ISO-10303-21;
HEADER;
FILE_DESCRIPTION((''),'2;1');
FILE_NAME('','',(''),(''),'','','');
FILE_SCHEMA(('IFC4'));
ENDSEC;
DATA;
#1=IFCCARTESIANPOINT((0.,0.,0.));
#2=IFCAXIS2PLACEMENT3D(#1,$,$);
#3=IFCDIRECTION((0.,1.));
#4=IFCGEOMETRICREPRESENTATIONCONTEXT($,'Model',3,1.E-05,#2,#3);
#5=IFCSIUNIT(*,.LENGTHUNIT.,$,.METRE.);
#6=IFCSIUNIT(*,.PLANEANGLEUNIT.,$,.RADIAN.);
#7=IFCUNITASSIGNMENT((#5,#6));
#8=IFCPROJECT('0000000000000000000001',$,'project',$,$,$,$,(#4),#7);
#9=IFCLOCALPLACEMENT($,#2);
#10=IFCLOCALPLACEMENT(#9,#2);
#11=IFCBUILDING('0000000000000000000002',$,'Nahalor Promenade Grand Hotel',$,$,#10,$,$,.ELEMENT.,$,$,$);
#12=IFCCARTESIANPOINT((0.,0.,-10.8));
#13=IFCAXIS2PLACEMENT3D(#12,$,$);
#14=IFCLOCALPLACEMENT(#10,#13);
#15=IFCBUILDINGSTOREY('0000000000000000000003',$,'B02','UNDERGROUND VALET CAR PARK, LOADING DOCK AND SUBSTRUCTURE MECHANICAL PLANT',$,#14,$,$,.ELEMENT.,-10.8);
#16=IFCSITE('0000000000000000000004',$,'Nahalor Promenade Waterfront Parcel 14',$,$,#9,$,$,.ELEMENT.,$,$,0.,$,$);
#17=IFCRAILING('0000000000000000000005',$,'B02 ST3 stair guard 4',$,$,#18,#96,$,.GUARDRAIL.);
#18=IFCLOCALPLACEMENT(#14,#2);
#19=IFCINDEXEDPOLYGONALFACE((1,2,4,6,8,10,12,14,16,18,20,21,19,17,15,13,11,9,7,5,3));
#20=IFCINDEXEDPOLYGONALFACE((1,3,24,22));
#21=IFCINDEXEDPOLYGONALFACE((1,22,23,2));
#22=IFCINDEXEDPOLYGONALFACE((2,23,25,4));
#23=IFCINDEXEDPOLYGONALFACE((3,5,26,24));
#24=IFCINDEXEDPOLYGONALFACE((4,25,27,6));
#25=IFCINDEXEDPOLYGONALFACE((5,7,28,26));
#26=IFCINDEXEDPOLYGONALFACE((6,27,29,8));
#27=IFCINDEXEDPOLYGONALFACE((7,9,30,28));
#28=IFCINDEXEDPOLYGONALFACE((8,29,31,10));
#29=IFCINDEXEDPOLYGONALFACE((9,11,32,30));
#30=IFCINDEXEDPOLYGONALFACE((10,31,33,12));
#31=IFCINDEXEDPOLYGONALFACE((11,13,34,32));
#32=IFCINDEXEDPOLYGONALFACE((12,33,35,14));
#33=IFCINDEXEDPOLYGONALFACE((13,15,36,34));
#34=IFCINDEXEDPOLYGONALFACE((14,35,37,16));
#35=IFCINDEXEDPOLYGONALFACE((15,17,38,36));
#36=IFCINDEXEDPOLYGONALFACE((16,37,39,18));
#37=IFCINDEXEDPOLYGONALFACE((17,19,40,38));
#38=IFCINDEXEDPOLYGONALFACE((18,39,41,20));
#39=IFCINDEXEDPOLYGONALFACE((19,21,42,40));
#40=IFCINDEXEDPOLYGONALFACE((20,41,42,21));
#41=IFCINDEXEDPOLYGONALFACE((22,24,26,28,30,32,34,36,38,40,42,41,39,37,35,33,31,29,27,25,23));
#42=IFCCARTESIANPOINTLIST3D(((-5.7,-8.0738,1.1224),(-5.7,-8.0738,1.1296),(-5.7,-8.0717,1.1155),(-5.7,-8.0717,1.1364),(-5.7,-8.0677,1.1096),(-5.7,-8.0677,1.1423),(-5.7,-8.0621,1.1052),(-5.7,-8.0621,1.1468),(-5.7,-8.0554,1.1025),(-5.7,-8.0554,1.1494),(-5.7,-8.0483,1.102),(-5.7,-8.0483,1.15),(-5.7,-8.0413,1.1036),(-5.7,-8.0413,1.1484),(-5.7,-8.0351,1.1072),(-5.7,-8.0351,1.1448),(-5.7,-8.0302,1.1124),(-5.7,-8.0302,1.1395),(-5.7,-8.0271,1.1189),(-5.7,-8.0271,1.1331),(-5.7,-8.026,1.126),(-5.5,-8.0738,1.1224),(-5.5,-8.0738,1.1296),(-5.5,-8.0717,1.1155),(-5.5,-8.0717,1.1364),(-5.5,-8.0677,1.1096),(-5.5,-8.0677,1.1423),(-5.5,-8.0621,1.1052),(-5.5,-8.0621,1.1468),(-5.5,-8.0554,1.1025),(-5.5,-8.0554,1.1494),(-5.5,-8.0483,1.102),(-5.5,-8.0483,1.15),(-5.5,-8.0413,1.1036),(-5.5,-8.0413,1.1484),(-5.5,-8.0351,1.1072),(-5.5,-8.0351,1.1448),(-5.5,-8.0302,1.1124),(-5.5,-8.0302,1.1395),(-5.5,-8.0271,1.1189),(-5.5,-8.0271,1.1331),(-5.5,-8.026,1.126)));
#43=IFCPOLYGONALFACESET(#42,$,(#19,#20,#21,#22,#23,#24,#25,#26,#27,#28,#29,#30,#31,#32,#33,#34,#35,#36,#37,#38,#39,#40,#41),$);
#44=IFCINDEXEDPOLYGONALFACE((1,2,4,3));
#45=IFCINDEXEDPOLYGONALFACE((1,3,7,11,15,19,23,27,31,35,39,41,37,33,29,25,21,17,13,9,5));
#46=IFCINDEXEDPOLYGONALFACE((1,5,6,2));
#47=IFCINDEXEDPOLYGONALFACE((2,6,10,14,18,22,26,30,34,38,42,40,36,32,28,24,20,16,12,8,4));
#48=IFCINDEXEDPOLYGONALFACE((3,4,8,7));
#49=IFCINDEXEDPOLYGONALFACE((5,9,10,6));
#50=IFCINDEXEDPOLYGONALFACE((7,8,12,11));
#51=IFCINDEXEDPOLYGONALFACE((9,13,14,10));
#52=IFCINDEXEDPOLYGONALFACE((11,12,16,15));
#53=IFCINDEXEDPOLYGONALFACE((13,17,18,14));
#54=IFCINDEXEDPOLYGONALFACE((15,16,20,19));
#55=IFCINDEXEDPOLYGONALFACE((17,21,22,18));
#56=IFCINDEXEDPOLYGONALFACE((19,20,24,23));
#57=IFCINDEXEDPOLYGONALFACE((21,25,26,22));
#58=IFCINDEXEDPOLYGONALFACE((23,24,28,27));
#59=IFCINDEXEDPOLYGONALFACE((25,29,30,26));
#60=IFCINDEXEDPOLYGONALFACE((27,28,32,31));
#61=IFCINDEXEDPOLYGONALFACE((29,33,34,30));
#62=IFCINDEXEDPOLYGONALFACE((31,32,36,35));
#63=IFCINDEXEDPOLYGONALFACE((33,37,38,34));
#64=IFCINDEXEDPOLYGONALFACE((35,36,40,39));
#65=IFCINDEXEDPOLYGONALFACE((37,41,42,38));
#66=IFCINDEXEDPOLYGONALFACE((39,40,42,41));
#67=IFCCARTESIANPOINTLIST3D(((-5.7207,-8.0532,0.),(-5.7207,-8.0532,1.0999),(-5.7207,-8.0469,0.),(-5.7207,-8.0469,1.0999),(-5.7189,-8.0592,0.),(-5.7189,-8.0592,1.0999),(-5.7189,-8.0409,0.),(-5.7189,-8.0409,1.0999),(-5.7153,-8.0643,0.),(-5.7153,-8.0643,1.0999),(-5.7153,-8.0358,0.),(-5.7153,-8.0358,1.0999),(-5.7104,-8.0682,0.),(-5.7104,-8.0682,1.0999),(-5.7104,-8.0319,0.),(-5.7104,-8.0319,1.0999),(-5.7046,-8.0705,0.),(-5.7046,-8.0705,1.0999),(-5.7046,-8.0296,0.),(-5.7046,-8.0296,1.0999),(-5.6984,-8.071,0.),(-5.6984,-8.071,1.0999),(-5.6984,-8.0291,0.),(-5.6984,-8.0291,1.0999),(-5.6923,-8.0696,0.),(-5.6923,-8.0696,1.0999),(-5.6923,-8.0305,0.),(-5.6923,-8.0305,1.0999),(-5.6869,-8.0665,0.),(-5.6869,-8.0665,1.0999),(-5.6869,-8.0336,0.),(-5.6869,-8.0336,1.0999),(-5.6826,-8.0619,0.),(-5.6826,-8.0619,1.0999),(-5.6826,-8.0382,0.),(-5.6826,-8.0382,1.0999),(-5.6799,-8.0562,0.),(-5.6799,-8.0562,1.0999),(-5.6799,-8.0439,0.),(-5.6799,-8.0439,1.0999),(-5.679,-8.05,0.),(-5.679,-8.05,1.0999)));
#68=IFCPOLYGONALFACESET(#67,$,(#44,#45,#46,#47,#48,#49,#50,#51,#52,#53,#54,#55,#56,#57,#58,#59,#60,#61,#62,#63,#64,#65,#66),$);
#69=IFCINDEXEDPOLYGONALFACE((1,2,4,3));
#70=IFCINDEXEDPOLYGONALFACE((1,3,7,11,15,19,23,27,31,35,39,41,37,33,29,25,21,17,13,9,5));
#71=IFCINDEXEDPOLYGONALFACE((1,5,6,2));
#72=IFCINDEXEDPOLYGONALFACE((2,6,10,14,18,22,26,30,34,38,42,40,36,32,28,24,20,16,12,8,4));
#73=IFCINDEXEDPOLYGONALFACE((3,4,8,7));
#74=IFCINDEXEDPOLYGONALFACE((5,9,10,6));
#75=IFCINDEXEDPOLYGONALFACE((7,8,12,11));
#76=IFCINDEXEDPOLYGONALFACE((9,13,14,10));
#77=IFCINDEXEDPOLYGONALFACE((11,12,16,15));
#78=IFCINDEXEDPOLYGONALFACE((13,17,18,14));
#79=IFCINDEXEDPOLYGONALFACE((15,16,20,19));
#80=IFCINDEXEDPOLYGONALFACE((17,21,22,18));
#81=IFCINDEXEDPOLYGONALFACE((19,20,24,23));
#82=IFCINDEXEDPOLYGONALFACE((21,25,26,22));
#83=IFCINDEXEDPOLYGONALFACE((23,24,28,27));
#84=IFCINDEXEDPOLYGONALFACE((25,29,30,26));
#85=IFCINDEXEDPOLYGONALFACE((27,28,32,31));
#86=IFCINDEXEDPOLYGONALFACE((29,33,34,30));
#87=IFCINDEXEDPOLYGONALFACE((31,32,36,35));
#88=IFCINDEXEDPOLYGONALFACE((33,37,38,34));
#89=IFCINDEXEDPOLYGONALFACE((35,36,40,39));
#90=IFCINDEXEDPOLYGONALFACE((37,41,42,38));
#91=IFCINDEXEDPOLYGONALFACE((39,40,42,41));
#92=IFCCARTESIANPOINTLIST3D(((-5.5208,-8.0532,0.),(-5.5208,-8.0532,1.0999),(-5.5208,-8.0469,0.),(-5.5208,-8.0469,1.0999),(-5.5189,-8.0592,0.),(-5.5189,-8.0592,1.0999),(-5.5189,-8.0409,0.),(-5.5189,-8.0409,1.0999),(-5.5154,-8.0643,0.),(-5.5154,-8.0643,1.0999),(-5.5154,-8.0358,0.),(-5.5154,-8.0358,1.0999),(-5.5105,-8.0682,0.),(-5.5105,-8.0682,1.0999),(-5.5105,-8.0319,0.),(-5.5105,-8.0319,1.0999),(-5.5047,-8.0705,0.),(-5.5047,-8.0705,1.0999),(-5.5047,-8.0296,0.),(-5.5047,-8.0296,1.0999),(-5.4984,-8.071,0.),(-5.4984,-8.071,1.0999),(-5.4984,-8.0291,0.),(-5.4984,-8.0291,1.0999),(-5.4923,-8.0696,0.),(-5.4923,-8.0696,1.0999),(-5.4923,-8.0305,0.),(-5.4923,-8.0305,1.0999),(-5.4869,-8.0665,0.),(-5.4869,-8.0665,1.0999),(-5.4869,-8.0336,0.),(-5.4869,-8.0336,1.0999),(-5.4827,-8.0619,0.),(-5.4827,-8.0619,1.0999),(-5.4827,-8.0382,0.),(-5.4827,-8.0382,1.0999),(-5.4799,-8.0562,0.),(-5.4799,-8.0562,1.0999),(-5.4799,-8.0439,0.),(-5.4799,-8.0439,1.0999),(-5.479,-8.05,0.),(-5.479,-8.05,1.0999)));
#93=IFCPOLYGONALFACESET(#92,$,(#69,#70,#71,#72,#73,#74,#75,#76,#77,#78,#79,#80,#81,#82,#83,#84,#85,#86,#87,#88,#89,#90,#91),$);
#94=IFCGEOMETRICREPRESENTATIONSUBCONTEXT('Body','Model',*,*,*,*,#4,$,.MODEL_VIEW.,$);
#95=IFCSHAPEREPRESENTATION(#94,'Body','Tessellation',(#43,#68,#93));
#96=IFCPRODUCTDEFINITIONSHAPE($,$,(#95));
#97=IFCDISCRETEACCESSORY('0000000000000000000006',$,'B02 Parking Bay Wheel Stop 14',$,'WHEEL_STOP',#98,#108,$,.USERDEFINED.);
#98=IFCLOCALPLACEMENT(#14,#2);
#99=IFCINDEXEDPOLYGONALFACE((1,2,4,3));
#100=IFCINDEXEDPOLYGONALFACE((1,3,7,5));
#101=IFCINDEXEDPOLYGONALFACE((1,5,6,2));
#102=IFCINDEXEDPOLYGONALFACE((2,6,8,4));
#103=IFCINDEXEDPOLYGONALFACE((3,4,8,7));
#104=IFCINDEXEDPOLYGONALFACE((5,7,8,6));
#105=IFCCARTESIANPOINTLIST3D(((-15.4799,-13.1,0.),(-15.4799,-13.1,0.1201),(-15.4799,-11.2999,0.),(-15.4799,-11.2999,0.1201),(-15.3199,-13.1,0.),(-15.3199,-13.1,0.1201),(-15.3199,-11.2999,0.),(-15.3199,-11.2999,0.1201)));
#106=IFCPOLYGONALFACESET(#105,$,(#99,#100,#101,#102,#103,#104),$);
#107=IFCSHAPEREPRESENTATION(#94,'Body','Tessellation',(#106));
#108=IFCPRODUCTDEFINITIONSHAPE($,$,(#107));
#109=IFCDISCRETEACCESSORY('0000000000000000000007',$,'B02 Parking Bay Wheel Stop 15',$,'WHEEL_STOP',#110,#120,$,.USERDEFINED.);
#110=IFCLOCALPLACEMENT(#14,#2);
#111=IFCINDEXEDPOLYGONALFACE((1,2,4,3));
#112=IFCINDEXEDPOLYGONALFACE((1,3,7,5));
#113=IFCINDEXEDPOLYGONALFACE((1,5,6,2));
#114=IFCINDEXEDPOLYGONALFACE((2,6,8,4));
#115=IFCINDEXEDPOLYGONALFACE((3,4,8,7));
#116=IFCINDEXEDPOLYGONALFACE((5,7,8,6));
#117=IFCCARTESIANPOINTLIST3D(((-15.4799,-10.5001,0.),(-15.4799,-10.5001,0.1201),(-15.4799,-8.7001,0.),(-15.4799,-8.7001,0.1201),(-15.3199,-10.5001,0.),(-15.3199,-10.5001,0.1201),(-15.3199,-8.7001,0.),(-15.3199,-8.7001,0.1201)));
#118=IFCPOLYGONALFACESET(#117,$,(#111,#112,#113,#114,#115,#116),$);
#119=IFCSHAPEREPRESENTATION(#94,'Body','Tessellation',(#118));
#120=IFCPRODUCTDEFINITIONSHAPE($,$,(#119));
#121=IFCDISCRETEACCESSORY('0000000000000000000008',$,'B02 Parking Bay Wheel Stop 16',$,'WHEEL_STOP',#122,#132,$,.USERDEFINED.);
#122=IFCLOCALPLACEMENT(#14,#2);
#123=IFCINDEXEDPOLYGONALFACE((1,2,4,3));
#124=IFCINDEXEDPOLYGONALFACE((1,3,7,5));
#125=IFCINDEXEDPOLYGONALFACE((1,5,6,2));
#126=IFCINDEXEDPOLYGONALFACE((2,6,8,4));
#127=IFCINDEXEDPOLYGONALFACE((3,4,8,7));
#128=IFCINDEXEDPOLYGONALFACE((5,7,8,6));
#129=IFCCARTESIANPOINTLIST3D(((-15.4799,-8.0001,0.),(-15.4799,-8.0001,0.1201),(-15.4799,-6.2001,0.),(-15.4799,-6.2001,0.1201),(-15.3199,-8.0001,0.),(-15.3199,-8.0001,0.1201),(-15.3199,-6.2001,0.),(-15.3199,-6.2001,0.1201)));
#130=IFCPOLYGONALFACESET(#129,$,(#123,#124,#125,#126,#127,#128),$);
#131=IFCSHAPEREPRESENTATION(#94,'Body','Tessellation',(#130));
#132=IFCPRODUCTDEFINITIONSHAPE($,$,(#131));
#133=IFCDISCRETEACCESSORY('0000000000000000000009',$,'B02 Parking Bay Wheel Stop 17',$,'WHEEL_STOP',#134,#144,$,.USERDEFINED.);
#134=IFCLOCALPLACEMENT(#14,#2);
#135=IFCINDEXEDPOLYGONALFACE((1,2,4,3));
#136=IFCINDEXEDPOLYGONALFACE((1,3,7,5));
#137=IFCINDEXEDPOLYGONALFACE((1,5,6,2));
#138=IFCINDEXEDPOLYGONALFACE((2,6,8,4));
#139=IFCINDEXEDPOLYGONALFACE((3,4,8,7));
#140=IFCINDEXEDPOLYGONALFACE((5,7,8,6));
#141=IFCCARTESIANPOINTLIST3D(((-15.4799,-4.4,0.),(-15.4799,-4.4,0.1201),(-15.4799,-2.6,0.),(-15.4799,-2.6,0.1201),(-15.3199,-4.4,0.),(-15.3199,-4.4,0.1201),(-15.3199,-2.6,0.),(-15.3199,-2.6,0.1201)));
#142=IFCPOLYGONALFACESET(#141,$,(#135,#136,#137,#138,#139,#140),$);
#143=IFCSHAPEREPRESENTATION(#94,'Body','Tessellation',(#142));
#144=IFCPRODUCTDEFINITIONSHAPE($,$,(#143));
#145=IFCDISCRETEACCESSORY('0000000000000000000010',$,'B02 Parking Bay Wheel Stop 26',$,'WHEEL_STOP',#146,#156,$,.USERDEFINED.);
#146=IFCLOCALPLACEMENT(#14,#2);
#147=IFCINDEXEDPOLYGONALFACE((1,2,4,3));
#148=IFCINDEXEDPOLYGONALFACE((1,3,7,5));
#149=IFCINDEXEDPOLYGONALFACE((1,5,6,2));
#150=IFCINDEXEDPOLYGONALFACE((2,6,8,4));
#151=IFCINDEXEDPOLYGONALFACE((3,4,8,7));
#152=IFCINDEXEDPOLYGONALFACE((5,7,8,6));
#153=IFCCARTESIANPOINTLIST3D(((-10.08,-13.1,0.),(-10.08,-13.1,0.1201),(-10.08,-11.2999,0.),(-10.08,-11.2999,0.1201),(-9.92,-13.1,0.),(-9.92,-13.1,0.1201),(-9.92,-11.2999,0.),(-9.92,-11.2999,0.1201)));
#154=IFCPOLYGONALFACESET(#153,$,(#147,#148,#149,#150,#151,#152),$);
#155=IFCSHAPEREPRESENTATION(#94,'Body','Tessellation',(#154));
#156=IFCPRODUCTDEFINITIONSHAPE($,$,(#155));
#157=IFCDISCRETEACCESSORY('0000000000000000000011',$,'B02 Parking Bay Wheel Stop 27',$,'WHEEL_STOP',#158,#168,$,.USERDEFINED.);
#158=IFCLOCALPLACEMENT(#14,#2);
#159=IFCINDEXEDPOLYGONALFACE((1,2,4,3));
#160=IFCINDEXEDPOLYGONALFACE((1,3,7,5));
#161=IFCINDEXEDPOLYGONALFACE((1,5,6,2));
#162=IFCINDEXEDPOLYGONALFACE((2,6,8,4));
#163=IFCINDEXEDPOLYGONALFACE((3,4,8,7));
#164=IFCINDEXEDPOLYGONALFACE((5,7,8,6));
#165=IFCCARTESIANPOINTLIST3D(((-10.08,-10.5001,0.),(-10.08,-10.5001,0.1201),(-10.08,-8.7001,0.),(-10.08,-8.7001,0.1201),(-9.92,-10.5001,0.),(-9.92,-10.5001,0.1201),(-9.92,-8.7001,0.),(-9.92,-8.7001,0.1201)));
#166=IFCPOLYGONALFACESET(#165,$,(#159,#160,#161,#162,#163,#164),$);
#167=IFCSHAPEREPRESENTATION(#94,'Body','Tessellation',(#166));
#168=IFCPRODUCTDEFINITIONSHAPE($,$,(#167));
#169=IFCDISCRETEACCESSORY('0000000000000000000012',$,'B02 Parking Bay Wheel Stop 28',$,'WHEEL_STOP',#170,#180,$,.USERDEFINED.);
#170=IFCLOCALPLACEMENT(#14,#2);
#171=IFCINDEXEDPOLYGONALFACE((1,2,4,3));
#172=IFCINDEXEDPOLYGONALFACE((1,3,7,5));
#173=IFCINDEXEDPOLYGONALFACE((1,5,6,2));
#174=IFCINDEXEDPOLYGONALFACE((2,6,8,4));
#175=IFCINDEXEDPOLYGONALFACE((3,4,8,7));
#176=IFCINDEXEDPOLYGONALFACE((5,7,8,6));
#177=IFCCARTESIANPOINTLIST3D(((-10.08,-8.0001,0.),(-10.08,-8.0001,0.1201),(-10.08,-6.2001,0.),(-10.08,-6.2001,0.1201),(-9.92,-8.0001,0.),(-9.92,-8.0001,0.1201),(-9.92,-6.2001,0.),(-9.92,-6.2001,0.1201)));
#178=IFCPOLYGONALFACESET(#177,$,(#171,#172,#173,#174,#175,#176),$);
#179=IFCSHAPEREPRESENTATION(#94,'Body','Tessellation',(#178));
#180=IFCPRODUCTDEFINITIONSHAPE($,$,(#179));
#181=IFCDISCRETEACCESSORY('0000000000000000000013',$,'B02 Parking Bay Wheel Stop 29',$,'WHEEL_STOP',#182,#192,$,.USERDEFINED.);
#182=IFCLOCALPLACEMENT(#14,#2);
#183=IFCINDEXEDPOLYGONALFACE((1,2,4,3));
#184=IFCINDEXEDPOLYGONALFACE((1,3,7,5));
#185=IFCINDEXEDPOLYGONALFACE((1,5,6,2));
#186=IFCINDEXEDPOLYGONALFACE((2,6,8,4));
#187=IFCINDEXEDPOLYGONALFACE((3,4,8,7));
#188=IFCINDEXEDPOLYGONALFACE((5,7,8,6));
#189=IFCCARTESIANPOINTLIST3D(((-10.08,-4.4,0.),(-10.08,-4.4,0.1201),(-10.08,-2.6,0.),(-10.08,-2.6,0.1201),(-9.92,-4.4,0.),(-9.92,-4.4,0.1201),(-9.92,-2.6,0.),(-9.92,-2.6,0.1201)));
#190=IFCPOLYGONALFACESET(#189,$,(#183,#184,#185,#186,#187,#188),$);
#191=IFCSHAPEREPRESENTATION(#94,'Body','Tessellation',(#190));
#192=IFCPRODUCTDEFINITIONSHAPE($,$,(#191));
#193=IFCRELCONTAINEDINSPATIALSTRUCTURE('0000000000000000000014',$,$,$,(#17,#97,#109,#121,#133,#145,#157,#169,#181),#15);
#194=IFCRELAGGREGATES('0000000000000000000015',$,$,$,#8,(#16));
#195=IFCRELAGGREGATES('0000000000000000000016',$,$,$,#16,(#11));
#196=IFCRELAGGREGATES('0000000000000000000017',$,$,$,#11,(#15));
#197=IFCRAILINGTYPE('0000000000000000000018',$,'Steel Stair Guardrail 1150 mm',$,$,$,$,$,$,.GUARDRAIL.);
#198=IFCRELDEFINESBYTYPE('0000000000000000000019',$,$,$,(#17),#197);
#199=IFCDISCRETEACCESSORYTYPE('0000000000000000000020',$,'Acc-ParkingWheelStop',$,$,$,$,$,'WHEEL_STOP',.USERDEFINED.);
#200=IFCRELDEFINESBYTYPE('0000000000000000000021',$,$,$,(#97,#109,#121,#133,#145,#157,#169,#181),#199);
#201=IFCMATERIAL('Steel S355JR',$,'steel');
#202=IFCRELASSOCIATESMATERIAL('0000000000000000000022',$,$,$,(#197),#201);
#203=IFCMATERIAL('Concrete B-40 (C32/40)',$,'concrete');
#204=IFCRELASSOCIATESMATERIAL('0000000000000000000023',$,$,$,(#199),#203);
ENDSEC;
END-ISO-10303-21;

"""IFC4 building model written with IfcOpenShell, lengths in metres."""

from ifc_helpers import new_model, si_unit, direction, frame, origin, origin_2d, place, context, subcontext, project, spatial, rectangle, circle, extrude, source, transform, mapped, material, type_object, element, save


model = new_model("IFC4")

# Units and contexts
model_context = context("Model", 3, precision=1e-05, world=origin(), true_north=direction((0.0, 1.0)))
body_context = subcontext(model_context, "Body", "Model", "MODEL_VIEW")
ifc_project = project(units=[si_unit("LENGTHUNIT", "METRE"), si_unit("PLANEANGLEUNIT", "RADIAN")], contexts=[model_context])

# Site, building, storey
site_placement = place(None, origin())
site = spatial("IfcSite", under=ifc_project, at=site_placement, Name="Nahalor Promenade Waterfront Parcel 14", CompositionType="ELEMENT", RefElevation=0.0)
building_placement = place(site_placement, origin())
building = spatial("IfcBuilding", under=site, at=building_placement, Name="Nahalor Promenade Grand Hotel", CompositionType="ELEMENT")
storey_placement = place(building_placement, frame((0.0, 0.0, -10.8)))
storey = spatial("IfcBuildingStorey", under=building, at=storey_placement, Name="B02", Description="UNDERGROUND VALET CAR PARK, LOADING DOCK AND SUBSTRUCTURE MECHANICAL PLANT", CompositionType="ELEMENT", Elevation=-10.8)

# Shared definitions
ifc_material_1 = material(Name="Steel S355JR", Category="steel")

# Shared definitions
ifc_material_2 = material(Name="Concrete B-40 (C32/40)", Category="concrete")

# Railing
railing_type_1 = type_object("IfcRailingType", Name="Steel Stair Guardrail 1150 mm", PredefinedType="GUARDRAIL", material=ifc_material_1)
railing_1_placement = place(storey_placement, frame((-5.7, -8.05, 0.0)))
element("IfcRailing", 1, at=railing_1_placement, inside=storey, type_object=railing_type_1, Name="B02 ST3 stair guard 4", PredefinedType="GUARDRAIL", context=body_context, shape_type="SweptSolid", body=[
    extrude(circle(Radius=0.024, at=origin_2d()), frame((0.0, 0.0, 1.126), z_axis=(1.0, 0.0, 0.0), x_axis=(0.0, 1.0, 0.0)), (0.0, 0.0, 1.0), 0.2),
    extrude(circle(Radius=0.021, at=origin_2d()), origin(), (0.0, 0.0, 1.0), 1.0999),
    extrude(circle(Radius=0.021, at=origin_2d()), frame((0.2, 0.0, 0.0)), (0.0, 0.0, 1.0), 1.0999),
])

# Discrete accessories
discrete_accessory_type = type_object("IfcDiscreteAccessoryType", Name="Acc-ParkingWheelStop", ElementType="WHEEL_STOP", PredefinedType="USERDEFINED", material=ifc_material_2)
shared_shape_1 = source(origin(), body_context, "Body", "SweptSolid", [
    extrude(rectangle(XDim=1.8, YDim=0.1599, at=origin_2d()), origin(), (0.0, 0.0, 1.0), 0.1201),
])
for number, where, z_axis, x_axis, name in (
    (2, (-15.3999, -12.2, 0.0), (0.0, 0.0, 1.0), (0.0, 1.0, 0.0), "B02 Parking Bay Wheel Stop 14"),
    (3, (-15.3999, -9.6001, 0.0), (0.0, 0.0, 1.0), (0.0, 1.0, 0.0), "B02 Parking Bay Wheel Stop 15"),
    (4, (-15.3999, -7.1001, 0.0), (0.0, 0.0, 1.0), (0.0, 1.0, 0.0), "B02 Parking Bay Wheel Stop 16"),
    (5, (-15.3999, -3.5, 0.0), (0.0, 0.0, 1.0), (0.0, 1.0, 0.0), "B02 Parking Bay Wheel Stop 17"),
    (6, (-10.0, -12.2, 0.0), (0.0, 0.0, 1.0), (0.0, 1.0, 0.0), "B02 Parking Bay Wheel Stop 26"),
    (7, (-10.0, -9.6001, 0.0), (0.0, 0.0, 1.0), (0.0, 1.0, 0.0), "B02 Parking Bay Wheel Stop 27"),
    (8, (-10.0, -7.1001, 0.0), (0.0, 0.0, 1.0), (0.0, 1.0, 0.0), "B02 Parking Bay Wheel Stop 28"),
    (9, (-10.0, -3.5, 0.0), (0.0, 0.0, 1.0), (0.0, 1.0, 0.0), "B02 Parking Bay Wheel Stop 29"),
):
    element("IfcDiscreteAccessory", number, at=place(storey_placement, frame(where, z_axis=z_axis, x_axis=x_axis)), inside=storey, type_object=discrete_accessory_type, Name=name, ObjectType="WHEEL_STOP", PredefinedType="USERDEFINED", context=body_context, shape_type="MappedRepresentation", body=[
        mapped(shared_shape_1, transform((0.0, 0.0, 0.0), scale=1.0)),
    ])

save(model, "model.ifc")
